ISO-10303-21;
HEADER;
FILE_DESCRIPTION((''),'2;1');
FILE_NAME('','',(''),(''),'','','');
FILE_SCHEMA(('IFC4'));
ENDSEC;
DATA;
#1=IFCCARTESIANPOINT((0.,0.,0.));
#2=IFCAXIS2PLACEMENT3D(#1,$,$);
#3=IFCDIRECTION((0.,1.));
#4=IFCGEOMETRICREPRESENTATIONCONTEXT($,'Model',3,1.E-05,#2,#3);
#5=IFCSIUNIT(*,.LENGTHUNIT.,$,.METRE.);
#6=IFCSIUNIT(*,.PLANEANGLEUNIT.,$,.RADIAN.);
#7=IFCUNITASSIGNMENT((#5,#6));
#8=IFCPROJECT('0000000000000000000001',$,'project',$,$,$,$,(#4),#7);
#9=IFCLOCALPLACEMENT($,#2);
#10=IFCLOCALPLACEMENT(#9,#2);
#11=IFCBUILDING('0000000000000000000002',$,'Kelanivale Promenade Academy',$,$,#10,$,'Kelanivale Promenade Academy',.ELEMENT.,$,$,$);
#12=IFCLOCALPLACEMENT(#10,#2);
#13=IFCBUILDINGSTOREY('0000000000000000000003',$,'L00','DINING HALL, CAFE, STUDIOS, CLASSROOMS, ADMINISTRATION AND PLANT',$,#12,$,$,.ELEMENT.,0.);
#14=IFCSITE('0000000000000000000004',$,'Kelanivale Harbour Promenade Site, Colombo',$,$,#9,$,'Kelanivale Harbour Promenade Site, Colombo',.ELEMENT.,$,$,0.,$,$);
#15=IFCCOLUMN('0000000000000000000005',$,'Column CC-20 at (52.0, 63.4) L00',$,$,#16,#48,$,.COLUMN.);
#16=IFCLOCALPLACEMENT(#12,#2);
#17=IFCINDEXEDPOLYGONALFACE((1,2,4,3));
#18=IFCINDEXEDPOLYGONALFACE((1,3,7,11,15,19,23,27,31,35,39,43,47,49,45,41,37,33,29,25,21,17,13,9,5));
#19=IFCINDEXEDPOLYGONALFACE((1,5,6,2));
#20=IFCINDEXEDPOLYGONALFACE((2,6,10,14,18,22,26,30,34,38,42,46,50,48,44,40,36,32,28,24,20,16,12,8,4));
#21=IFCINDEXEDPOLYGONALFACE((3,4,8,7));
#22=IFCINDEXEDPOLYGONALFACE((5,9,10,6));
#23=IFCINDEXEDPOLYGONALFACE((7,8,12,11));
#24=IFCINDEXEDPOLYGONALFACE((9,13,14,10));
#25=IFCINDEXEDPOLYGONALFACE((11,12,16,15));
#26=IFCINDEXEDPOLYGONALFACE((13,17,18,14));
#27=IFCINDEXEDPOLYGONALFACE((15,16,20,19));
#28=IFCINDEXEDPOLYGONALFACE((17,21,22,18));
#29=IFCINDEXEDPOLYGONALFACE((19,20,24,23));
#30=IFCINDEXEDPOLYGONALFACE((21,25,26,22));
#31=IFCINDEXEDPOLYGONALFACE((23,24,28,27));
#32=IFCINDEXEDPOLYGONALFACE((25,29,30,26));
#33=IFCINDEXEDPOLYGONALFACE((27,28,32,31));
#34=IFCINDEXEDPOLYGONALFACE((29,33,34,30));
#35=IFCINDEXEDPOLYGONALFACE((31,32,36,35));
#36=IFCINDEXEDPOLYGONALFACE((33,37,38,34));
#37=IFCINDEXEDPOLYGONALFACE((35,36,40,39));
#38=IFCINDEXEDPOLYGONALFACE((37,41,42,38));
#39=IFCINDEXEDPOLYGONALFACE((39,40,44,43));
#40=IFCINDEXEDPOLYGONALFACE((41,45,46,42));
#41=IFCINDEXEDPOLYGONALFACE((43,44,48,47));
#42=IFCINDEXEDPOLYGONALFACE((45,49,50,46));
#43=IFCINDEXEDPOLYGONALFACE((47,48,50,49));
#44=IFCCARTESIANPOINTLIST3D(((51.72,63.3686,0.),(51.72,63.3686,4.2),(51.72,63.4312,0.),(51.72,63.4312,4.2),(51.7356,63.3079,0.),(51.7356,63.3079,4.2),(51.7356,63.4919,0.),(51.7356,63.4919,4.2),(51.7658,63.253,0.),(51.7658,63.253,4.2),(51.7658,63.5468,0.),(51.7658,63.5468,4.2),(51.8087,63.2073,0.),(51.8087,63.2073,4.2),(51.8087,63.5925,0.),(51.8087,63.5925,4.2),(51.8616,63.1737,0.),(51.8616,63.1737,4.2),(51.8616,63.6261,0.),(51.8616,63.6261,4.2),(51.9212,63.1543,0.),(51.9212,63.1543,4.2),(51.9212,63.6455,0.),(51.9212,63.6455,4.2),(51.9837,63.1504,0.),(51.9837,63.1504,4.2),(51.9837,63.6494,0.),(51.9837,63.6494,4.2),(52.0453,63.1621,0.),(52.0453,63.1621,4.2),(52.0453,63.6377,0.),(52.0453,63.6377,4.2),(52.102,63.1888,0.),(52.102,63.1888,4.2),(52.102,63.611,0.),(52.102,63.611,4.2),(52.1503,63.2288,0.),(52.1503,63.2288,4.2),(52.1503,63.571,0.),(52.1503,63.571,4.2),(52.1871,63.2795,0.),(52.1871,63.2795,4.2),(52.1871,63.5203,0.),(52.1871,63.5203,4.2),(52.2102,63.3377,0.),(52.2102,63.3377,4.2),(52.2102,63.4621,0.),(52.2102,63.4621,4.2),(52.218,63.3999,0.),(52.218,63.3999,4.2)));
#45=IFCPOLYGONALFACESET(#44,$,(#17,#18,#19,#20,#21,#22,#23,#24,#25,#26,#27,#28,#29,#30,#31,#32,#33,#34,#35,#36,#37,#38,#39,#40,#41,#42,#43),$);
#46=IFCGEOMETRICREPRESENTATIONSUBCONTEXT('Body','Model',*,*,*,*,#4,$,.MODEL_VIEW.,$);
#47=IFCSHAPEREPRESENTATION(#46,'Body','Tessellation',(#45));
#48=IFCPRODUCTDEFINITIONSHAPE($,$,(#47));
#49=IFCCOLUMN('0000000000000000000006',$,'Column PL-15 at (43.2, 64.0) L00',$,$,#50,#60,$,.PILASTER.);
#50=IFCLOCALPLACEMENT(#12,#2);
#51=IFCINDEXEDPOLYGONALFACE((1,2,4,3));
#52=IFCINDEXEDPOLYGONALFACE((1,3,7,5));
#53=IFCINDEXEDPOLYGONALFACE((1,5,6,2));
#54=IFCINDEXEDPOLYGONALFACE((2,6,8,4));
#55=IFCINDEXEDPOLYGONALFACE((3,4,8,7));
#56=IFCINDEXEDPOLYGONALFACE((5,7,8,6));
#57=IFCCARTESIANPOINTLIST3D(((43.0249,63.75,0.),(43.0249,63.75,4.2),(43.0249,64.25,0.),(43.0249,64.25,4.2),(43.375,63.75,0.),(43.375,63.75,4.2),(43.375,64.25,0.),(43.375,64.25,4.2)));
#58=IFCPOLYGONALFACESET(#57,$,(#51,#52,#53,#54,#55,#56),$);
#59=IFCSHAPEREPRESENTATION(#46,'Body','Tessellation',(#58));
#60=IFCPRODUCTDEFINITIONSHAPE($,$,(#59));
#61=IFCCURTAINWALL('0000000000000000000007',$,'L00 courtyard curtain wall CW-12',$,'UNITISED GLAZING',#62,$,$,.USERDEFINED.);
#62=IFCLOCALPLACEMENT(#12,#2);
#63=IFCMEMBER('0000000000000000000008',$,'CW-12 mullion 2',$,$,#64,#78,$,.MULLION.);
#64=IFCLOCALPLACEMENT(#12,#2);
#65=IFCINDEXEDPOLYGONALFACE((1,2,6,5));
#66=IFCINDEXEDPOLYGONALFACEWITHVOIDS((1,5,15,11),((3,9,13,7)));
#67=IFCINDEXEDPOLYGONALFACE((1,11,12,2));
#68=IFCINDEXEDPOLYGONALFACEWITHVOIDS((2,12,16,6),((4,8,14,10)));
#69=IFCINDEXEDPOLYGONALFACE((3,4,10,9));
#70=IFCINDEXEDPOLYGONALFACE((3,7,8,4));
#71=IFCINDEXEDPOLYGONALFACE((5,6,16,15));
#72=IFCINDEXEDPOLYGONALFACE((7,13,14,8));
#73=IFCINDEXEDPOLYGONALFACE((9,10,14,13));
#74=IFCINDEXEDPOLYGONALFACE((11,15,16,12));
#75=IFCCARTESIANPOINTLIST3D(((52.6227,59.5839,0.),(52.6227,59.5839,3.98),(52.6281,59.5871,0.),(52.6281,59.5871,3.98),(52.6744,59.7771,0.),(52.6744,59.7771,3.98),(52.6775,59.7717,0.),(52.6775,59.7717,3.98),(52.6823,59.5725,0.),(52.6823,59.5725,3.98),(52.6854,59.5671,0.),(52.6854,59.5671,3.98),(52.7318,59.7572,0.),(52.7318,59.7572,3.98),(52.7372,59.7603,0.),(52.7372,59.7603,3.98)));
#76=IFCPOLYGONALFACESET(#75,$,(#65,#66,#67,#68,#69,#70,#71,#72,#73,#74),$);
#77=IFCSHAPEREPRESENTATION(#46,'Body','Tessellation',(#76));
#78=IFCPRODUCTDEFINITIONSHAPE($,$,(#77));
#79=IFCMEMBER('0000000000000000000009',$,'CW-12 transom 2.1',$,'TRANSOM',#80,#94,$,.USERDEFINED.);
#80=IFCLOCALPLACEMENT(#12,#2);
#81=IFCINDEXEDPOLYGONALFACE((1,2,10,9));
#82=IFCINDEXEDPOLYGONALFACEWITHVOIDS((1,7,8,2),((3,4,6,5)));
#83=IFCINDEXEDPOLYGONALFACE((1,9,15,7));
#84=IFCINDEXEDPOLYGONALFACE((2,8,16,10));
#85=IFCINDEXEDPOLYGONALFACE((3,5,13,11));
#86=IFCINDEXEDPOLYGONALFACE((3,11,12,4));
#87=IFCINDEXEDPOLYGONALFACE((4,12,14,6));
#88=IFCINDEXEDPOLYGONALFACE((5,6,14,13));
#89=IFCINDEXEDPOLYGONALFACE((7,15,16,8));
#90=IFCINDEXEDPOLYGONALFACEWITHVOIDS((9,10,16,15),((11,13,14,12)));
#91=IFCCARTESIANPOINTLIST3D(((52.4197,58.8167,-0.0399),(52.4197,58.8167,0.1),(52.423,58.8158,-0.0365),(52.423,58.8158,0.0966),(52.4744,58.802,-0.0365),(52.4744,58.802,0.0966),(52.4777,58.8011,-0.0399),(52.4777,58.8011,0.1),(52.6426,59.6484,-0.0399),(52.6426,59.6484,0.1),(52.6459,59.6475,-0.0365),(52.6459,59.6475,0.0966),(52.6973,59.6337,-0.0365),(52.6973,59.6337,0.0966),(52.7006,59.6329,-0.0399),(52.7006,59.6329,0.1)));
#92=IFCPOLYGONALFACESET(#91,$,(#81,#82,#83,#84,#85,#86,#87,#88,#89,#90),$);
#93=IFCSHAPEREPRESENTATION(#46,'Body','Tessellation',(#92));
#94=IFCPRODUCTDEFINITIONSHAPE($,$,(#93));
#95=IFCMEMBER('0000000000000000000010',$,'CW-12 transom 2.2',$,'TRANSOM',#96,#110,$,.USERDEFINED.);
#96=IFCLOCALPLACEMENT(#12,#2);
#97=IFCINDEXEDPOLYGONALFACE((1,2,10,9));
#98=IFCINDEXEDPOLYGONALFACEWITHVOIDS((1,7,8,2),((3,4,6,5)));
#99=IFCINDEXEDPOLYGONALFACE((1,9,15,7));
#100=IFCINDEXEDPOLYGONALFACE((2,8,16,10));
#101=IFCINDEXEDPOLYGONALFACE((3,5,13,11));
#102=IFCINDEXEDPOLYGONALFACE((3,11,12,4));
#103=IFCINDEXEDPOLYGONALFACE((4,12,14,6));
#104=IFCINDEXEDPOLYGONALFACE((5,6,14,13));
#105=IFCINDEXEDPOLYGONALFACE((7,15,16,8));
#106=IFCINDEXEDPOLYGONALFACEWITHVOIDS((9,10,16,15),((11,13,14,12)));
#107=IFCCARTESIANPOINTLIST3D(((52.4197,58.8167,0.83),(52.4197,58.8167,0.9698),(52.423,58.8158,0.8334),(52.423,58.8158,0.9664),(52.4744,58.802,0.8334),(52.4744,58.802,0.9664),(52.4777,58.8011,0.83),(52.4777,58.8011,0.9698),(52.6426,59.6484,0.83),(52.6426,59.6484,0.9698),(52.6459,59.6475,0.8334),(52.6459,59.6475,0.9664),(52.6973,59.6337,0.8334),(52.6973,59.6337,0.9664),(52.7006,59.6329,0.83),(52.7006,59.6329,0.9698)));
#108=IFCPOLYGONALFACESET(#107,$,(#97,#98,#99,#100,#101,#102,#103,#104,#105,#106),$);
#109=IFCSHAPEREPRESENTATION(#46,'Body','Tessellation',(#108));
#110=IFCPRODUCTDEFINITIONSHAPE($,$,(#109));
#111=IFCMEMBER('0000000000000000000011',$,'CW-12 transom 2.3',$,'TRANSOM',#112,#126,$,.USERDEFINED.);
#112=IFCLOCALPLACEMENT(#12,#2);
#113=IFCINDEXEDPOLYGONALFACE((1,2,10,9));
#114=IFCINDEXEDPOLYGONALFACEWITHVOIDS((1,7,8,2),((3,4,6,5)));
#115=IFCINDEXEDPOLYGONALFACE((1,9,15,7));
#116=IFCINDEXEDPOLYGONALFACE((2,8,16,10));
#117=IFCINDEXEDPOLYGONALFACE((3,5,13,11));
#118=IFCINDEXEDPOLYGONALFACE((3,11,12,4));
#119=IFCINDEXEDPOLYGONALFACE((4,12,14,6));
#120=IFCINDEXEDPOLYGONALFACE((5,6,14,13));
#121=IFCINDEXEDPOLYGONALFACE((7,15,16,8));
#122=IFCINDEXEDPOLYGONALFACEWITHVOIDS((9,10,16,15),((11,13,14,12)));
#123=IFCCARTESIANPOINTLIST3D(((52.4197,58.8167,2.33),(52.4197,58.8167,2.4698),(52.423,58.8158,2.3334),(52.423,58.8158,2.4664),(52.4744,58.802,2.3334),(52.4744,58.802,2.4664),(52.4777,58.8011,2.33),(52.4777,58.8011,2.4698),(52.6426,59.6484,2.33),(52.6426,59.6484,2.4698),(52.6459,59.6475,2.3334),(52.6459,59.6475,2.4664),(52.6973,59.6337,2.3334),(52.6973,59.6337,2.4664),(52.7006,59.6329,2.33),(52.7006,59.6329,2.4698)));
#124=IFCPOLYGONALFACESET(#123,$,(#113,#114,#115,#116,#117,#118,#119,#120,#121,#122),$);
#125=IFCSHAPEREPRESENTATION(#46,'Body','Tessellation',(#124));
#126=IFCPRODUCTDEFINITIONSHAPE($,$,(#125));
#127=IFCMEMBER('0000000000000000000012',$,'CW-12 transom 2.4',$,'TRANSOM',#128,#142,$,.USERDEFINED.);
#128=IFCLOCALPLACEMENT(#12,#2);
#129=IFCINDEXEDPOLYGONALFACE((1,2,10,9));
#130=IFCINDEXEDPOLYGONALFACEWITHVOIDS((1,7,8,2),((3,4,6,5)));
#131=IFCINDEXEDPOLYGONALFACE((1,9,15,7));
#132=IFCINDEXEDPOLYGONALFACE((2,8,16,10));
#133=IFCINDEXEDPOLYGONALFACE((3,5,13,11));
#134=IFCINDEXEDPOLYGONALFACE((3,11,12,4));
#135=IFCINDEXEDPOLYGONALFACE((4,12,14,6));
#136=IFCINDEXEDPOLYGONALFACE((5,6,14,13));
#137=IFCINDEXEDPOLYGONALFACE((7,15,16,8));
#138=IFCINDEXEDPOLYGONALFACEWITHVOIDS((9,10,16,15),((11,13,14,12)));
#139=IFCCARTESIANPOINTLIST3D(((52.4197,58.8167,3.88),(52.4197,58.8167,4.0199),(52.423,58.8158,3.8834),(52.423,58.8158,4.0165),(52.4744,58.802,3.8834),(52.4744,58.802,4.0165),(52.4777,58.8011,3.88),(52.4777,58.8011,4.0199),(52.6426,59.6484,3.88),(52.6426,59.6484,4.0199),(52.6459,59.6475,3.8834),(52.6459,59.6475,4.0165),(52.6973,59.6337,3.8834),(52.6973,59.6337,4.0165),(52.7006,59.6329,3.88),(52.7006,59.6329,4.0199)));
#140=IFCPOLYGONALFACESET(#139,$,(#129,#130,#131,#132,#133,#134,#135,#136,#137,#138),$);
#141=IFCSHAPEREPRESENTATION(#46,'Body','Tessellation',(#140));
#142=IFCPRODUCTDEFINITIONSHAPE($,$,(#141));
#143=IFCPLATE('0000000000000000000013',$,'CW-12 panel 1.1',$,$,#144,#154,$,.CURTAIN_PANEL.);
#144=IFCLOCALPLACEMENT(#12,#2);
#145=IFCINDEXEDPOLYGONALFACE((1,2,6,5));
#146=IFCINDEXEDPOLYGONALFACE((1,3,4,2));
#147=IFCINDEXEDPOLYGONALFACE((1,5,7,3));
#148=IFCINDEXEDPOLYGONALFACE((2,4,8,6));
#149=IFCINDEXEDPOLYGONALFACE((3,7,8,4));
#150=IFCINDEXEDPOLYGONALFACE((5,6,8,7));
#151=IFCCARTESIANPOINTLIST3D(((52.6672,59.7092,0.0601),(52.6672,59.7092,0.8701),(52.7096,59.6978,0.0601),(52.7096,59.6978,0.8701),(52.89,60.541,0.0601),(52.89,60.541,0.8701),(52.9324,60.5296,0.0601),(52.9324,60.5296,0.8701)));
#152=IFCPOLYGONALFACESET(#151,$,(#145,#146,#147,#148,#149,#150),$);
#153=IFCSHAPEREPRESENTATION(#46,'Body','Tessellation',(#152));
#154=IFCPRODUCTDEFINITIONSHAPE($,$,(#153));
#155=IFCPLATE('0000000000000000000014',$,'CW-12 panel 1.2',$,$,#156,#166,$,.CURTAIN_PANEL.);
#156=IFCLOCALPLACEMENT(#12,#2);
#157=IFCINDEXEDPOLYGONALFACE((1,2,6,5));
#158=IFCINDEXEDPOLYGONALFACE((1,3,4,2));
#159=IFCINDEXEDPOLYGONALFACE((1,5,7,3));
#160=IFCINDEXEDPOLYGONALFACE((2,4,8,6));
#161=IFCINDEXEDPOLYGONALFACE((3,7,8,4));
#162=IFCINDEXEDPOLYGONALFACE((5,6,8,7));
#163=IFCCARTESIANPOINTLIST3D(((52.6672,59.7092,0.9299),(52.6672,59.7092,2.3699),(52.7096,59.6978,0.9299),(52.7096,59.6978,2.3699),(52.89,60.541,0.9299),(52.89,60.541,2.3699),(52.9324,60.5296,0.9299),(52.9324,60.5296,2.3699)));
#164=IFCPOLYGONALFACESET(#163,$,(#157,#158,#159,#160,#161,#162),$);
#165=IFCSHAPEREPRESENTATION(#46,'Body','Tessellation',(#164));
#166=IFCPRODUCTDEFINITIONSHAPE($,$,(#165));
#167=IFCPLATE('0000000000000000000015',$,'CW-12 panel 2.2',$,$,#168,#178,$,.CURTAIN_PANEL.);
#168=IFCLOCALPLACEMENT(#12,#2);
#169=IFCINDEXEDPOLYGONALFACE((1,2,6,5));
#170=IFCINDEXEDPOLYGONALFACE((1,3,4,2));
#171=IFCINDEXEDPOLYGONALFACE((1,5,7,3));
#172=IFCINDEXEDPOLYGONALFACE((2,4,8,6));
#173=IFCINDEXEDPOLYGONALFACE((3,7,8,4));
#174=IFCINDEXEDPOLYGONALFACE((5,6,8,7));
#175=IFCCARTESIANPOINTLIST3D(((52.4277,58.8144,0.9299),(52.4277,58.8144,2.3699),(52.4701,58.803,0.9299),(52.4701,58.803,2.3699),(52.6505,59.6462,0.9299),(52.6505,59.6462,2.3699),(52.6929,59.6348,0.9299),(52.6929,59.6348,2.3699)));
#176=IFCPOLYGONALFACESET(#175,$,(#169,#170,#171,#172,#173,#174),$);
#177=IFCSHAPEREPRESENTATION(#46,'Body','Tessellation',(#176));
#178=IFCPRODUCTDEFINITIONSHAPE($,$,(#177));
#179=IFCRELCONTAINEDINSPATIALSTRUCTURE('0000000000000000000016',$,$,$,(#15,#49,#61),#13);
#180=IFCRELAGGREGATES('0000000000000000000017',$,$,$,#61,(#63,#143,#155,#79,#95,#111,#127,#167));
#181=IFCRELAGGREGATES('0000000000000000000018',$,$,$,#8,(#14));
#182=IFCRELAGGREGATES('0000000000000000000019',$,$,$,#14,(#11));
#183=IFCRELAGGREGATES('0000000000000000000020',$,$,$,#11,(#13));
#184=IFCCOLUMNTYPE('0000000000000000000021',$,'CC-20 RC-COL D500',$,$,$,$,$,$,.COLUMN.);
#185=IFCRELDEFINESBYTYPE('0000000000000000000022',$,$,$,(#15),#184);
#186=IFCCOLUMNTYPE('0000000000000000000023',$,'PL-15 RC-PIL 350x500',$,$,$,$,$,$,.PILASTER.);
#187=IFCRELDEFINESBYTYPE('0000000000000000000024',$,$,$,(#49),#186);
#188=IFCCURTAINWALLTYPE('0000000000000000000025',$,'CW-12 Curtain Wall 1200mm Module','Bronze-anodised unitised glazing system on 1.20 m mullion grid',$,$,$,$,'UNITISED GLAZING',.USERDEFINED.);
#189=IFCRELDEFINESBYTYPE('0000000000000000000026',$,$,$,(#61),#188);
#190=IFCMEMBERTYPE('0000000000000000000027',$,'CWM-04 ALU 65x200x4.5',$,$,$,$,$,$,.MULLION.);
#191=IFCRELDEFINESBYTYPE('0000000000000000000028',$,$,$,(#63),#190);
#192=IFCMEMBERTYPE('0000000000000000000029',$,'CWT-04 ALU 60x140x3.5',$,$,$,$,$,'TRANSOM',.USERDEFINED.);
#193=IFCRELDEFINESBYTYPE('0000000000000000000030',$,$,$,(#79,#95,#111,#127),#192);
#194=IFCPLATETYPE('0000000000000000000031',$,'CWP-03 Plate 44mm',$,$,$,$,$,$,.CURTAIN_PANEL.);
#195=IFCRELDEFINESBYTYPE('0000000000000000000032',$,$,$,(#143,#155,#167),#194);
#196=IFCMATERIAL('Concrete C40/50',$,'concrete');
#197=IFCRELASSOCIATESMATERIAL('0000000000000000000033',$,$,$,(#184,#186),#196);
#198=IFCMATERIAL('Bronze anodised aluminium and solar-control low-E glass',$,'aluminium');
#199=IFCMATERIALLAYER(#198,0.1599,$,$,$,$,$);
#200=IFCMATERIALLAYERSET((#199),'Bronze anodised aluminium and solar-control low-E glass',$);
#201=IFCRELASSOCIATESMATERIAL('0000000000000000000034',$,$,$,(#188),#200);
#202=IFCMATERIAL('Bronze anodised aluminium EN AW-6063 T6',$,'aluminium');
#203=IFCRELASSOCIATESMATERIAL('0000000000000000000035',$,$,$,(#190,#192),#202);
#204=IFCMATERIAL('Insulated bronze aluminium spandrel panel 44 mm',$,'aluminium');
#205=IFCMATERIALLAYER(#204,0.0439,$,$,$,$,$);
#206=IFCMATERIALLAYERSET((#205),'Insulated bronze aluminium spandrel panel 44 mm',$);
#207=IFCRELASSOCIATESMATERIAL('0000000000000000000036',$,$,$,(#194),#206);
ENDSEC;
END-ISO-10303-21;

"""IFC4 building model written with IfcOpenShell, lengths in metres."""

from ifc_helpers import new_model, si_unit, direction, frame, origin, origin_2d, place, context, subcontext, project, spatial, rectangle, hollow_rectangle, circle, extrude, material, layer, layer_set, material_profile, profile_set, type_object, element, aggregate, save


model = new_model("IFC4")

# Units and contexts
model_context = context("Model", 3, precision=1e-05, world=origin(), true_north=direction((0.0, 1.0)))
body_context = subcontext(model_context, "Body", "Model", "MODEL_VIEW")
ifc_project = project(units=[si_unit("LENGTHUNIT", "METRE"), si_unit("PLANEANGLEUNIT", "RADIAN")], contexts=[model_context])

# Site, building, storey
site_placement = place(None, origin())
site = spatial("IfcSite", under=ifc_project, at=site_placement, Name="Kelanivale Harbour Promenade Site, Colombo", LongName="Kelanivale Harbour Promenade Site, Colombo", CompositionType="ELEMENT", RefElevation=0.0)
building_placement = place(site_placement, origin())
building = spatial("IfcBuilding", under=site, at=building_placement, Name="Kelanivale Promenade Academy", LongName="Kelanivale Promenade Academy", CompositionType="ELEMENT")
storey_placement = place(building_placement, origin())
storey = spatial("IfcBuildingStorey", under=building, at=storey_placement, Name="L00", Description="DINING HALL, CAFE, STUDIOS, CLASSROOMS, ADMINISTRATION AND PLANT", CompositionType="ELEMENT", Elevation=0.0)

# Columns
ifc_material_1 = material(Name="Concrete C40/50", Category="concrete")
ifc_material_profile_1 = material_profile(ifc_material_1, circle(Radius=0.25, at=origin_2d()), Name="RC-COL D500")
ifc_profile_set_1 = profile_set([ifc_material_profile_1], Name="Concrete C40/50")
column_type_1 = type_object("IfcColumnType", Name="CC-20 RC-COL D500", PredefinedType="COLUMN", material=ifc_profile_set_1)
column_1_placement = place(storey_placement, frame((51.968, 63.3999, 0.0), z_axis=(0.0, 0.0, 1.0), x_axis=(1.0, 0.0, 0.0)))
element("IfcColumn", 1, at=column_1_placement, inside=storey, type_object=column_type_1, Name="Column CC-20 at (52.0, 63.4) L00", PredefinedType="COLUMN", context=body_context, shape_type="SweptSolid", body=[
    extrude(circle(Radius=0.25, at=origin_2d()), origin(), (0.0, 0.0, 1.0), 4.2),
])
ifc_material_profile_2 = material_profile(ifc_material_1, rectangle(XDim=0.3501, YDim=0.5, at=origin_2d()), Name="RC-PIL 350x500")
ifc_profile_set_2 = profile_set([ifc_material_profile_2], Name="Concrete C40/50")
column_type_2 = type_object("IfcColumnType", Name="PL-15 RC-PIL 350x500", PredefinedType="PILASTER", material=ifc_profile_set_2)
column_2_placement = place(storey_placement, frame((43.2, 64.0, 0.0), z_axis=(0.0, 0.0, 1.0), x_axis=(1.0, 0.0, 0.0)))
element("IfcColumn", 2, at=column_2_placement, inside=storey, type_object=column_type_2, Name="Column PL-15 at (43.2, 64.0) L00", PredefinedType="PILASTER", context=body_context, shape_type="SweptSolid", body=[
    extrude(rectangle(XDim=0.3501, YDim=0.5, at=origin_2d()), origin(), (0.0, 0.0, 1.0), 4.2),
])

# Curtain wall, members, plates
ifc_material_2 = material(Name="Bronze anodised aluminium and solar-control low-E glass", Category="aluminium")
ifc_layer_1 = layer(ifc_material_2, 0.1599)
ifc_layer_set_1 = layer_set([ifc_layer_1], Name="Bronze anodised aluminium and solar-control low-E glass")
curtain_wall_type = type_object("IfcCurtainWallType", Name="CW-12 Curtain Wall 1200mm Module", Description="Bronze-anodised unitised glazing system on 1.20 m mullion grid", ElementType="UNITISED GLAZING", PredefinedType="USERDEFINED", material=ifc_layer_set_1)
curtain_wall_placement = place(storey_placement, origin())
curtain_wall = element("IfcCurtainWall", 3, at=curtain_wall_placement, inside=storey, type_object=curtain_wall_type, Name="L00 courtyard curtain wall CW-12", ObjectType="UNITISED GLAZING", PredefinedType="USERDEFINED")
ifc_material_3 = material(Name="Bronze anodised aluminium EN AW-6063 T6", Category="aluminium")
ifc_material_profile_3 = material_profile(ifc_material_3, hollow_rectangle(XDim=0.0649, YDim=0.2, WallThickness=0.0044, at=origin_2d()), Name="ALU 65x200x4.5")
ifc_profile_set_3 = profile_set([ifc_material_profile_3], Name="Bronze anodised aluminium EN AW-6063 T6")
member_type_1 = type_object("IfcMemberType", Name="CWM-04 ALU 65x200x4.5", PredefinedType="MULLION", material=ifc_profile_set_3)
member_1_placement = place(storey_placement, frame((52.6799, 59.6721, 0.0), z_axis=(0.0, 0.0, 1.0), x_axis=(0.965957, -0.258701, 0.0)))
member_1 = element("IfcMember", 4, at=member_1_placement, type_object=member_type_1, Name="CW-12 mullion 2", PredefinedType="MULLION", context=body_context, shape_type="SweptSolid", body=[
    extrude(hollow_rectangle(XDim=0.0649, YDim=0.2, WallThickness=0.0044, at=origin_2d()), origin(), (0.0, 0.0, 1.0), 3.98),
])
ifc_material_profile_4 = material_profile(ifc_material_3, hollow_rectangle(XDim=0.0601, YDim=0.1399, WallThickness=0.0034, at=origin_2d()), Name="ALU 60x140x3.5")
ifc_profile_set_4 = profile_set([ifc_material_profile_4], Name="Bronze anodised aluminium EN AW-6063 T6")
member_type_2 = type_object("IfcMemberType", Name="CWT-04 ALU 60x140x3.5", ElementType="TRANSOM", PredefinedType="USERDEFINED", material=ifc_profile_set_4)
member_2_placement = place(storey_placement, frame((52.6716, 59.6406, 0.03), z_axis=(-0.258845, -0.965919, 0.0), x_axis=(0.965919, -0.258845, 0.0)))
member_2 = element("IfcMember", 5, at=member_2_placement, type_object=member_type_2, Name="CW-12 transom 2.1", ObjectType="TRANSOM", PredefinedType="USERDEFINED", context=body_context, shape_type="SweptSolid", body=[
    extrude(hollow_rectangle(XDim=0.0601, YDim=0.1399, WallThickness=0.0034, at=origin_2d()), origin(), (0.0, 0.0, 1.0), 0.8611),
])
member_3_placement = place(storey_placement, frame((52.6716, 59.6406, 0.8999), z_axis=(-0.258845, -0.965919, 0.0), x_axis=(0.965919, -0.258845, 0.0)))
member_3 = element("IfcMember", 6, at=member_3_placement, type_object=member_type_2, Name="CW-12 transom 2.2", ObjectType="TRANSOM", PredefinedType="USERDEFINED", context=body_context, shape_type="SweptSolid", body=[
    extrude(hollow_rectangle(XDim=0.0601, YDim=0.1399, WallThickness=0.0034, at=origin_2d()), origin(), (0.0, 0.0, 1.0), 0.8611),
])
member_4_placement = place(storey_placement, frame((52.6716, 59.6406, 2.3999), z_axis=(-0.258845, -0.965919, 0.0), x_axis=(0.965919, -0.258845, 0.0)))
member_4 = element("IfcMember", 7, at=member_4_placement, type_object=member_type_2, Name="CW-12 transom 2.3", ObjectType="TRANSOM", PredefinedType="USERDEFINED", context=body_context, shape_type="SweptSolid", body=[
    extrude(hollow_rectangle(XDim=0.0601, YDim=0.1399, WallThickness=0.0034, at=origin_2d()), origin(), (0.0, 0.0, 1.0), 0.8611),
])
member_5_placement = place(storey_placement, frame((52.6716, 59.6406, 3.95), z_axis=(-0.258845, -0.965919, 0.0), x_axis=(0.965919, -0.258845, 0.0)))
member_5 = element("IfcMember", 8, at=member_5_placement, type_object=member_type_2, Name="CW-12 transom 2.4", ObjectType="TRANSOM", PredefinedType="USERDEFINED", context=body_context, shape_type="SweptSolid", body=[
    extrude(hollow_rectangle(XDim=0.0601, YDim=0.1399, WallThickness=0.0034, at=origin_2d()), origin(), (0.0, 0.0, 1.0), 0.8611),
])
ifc_material_4 = material(Name="Insulated bronze aluminium spandrel panel 44 mm", Category="aluminium")
ifc_layer_2 = layer(ifc_material_4, 0.0439)
ifc_layer_set_2 = layer_set([ifc_layer_2], Name="Insulated bronze aluminium spandrel panel 44 mm")
plate_type = type_object("IfcPlateType", Name="CWP-03 Plate 44mm", PredefinedType="CURTAIN_PANEL", material=ifc_layer_set_2)
plate_1_placement = place(storey_placement, frame((52.7998, 60.1194, 0.0601), z_axis=(0.0, 0.0, 1.0), x_axis=(-0.258701, -0.965957, 0.0)))
plate_1 = element("IfcPlate", 9, at=plate_1_placement, type_object=plate_type, Name="CW-12 panel 1.1", PredefinedType="CURTAIN_PANEL", context=body_context, shape_type="SweptSolid", body=[
    extrude(rectangle(XDim=0.8611, YDim=0.0439, at=origin_2d()), origin(), (0.0, 0.0, 1.0), 0.8101),
])
plate_2_placement = place(storey_placement, frame((52.7998, 60.1194, 0.9299), z_axis=(0.0, 0.0, 1.0), x_axis=(-0.258701, -0.965957, 0.0)))
plate_2 = element("IfcPlate", 10, at=plate_2_placement, type_object=plate_type, Name="CW-12 panel 1.2", PredefinedType="CURTAIN_PANEL", context=body_context, shape_type="SweptSolid", body=[
    extrude(rectangle(XDim=0.8611, YDim=0.0439, at=origin_2d()), origin(), (0.0, 0.0, 1.0), 1.4399),
])
plate_3_placement = place(storey_placement, frame((52.5603, 59.2246, 0.9299), z_axis=(0.0, 0.0, 1.0), x_axis=(-0.258701, -0.965957, 0.0)))
plate_3 = element("IfcPlate", 11, at=plate_3_placement, type_object=plate_type, Name="CW-12 panel 2.2", PredefinedType="CURTAIN_PANEL", context=body_context, shape_type="SweptSolid", body=[
    extrude(rectangle(XDim=0.8611, YDim=0.0439, at=origin_2d()), origin(), (0.0, 0.0, 1.0), 1.4399),
])
aggregate(curtain_wall, [member_1, plate_1, plate_2, member_2, member_3, member_4, member_5, plate_3])

save(model, "model.ifc")
